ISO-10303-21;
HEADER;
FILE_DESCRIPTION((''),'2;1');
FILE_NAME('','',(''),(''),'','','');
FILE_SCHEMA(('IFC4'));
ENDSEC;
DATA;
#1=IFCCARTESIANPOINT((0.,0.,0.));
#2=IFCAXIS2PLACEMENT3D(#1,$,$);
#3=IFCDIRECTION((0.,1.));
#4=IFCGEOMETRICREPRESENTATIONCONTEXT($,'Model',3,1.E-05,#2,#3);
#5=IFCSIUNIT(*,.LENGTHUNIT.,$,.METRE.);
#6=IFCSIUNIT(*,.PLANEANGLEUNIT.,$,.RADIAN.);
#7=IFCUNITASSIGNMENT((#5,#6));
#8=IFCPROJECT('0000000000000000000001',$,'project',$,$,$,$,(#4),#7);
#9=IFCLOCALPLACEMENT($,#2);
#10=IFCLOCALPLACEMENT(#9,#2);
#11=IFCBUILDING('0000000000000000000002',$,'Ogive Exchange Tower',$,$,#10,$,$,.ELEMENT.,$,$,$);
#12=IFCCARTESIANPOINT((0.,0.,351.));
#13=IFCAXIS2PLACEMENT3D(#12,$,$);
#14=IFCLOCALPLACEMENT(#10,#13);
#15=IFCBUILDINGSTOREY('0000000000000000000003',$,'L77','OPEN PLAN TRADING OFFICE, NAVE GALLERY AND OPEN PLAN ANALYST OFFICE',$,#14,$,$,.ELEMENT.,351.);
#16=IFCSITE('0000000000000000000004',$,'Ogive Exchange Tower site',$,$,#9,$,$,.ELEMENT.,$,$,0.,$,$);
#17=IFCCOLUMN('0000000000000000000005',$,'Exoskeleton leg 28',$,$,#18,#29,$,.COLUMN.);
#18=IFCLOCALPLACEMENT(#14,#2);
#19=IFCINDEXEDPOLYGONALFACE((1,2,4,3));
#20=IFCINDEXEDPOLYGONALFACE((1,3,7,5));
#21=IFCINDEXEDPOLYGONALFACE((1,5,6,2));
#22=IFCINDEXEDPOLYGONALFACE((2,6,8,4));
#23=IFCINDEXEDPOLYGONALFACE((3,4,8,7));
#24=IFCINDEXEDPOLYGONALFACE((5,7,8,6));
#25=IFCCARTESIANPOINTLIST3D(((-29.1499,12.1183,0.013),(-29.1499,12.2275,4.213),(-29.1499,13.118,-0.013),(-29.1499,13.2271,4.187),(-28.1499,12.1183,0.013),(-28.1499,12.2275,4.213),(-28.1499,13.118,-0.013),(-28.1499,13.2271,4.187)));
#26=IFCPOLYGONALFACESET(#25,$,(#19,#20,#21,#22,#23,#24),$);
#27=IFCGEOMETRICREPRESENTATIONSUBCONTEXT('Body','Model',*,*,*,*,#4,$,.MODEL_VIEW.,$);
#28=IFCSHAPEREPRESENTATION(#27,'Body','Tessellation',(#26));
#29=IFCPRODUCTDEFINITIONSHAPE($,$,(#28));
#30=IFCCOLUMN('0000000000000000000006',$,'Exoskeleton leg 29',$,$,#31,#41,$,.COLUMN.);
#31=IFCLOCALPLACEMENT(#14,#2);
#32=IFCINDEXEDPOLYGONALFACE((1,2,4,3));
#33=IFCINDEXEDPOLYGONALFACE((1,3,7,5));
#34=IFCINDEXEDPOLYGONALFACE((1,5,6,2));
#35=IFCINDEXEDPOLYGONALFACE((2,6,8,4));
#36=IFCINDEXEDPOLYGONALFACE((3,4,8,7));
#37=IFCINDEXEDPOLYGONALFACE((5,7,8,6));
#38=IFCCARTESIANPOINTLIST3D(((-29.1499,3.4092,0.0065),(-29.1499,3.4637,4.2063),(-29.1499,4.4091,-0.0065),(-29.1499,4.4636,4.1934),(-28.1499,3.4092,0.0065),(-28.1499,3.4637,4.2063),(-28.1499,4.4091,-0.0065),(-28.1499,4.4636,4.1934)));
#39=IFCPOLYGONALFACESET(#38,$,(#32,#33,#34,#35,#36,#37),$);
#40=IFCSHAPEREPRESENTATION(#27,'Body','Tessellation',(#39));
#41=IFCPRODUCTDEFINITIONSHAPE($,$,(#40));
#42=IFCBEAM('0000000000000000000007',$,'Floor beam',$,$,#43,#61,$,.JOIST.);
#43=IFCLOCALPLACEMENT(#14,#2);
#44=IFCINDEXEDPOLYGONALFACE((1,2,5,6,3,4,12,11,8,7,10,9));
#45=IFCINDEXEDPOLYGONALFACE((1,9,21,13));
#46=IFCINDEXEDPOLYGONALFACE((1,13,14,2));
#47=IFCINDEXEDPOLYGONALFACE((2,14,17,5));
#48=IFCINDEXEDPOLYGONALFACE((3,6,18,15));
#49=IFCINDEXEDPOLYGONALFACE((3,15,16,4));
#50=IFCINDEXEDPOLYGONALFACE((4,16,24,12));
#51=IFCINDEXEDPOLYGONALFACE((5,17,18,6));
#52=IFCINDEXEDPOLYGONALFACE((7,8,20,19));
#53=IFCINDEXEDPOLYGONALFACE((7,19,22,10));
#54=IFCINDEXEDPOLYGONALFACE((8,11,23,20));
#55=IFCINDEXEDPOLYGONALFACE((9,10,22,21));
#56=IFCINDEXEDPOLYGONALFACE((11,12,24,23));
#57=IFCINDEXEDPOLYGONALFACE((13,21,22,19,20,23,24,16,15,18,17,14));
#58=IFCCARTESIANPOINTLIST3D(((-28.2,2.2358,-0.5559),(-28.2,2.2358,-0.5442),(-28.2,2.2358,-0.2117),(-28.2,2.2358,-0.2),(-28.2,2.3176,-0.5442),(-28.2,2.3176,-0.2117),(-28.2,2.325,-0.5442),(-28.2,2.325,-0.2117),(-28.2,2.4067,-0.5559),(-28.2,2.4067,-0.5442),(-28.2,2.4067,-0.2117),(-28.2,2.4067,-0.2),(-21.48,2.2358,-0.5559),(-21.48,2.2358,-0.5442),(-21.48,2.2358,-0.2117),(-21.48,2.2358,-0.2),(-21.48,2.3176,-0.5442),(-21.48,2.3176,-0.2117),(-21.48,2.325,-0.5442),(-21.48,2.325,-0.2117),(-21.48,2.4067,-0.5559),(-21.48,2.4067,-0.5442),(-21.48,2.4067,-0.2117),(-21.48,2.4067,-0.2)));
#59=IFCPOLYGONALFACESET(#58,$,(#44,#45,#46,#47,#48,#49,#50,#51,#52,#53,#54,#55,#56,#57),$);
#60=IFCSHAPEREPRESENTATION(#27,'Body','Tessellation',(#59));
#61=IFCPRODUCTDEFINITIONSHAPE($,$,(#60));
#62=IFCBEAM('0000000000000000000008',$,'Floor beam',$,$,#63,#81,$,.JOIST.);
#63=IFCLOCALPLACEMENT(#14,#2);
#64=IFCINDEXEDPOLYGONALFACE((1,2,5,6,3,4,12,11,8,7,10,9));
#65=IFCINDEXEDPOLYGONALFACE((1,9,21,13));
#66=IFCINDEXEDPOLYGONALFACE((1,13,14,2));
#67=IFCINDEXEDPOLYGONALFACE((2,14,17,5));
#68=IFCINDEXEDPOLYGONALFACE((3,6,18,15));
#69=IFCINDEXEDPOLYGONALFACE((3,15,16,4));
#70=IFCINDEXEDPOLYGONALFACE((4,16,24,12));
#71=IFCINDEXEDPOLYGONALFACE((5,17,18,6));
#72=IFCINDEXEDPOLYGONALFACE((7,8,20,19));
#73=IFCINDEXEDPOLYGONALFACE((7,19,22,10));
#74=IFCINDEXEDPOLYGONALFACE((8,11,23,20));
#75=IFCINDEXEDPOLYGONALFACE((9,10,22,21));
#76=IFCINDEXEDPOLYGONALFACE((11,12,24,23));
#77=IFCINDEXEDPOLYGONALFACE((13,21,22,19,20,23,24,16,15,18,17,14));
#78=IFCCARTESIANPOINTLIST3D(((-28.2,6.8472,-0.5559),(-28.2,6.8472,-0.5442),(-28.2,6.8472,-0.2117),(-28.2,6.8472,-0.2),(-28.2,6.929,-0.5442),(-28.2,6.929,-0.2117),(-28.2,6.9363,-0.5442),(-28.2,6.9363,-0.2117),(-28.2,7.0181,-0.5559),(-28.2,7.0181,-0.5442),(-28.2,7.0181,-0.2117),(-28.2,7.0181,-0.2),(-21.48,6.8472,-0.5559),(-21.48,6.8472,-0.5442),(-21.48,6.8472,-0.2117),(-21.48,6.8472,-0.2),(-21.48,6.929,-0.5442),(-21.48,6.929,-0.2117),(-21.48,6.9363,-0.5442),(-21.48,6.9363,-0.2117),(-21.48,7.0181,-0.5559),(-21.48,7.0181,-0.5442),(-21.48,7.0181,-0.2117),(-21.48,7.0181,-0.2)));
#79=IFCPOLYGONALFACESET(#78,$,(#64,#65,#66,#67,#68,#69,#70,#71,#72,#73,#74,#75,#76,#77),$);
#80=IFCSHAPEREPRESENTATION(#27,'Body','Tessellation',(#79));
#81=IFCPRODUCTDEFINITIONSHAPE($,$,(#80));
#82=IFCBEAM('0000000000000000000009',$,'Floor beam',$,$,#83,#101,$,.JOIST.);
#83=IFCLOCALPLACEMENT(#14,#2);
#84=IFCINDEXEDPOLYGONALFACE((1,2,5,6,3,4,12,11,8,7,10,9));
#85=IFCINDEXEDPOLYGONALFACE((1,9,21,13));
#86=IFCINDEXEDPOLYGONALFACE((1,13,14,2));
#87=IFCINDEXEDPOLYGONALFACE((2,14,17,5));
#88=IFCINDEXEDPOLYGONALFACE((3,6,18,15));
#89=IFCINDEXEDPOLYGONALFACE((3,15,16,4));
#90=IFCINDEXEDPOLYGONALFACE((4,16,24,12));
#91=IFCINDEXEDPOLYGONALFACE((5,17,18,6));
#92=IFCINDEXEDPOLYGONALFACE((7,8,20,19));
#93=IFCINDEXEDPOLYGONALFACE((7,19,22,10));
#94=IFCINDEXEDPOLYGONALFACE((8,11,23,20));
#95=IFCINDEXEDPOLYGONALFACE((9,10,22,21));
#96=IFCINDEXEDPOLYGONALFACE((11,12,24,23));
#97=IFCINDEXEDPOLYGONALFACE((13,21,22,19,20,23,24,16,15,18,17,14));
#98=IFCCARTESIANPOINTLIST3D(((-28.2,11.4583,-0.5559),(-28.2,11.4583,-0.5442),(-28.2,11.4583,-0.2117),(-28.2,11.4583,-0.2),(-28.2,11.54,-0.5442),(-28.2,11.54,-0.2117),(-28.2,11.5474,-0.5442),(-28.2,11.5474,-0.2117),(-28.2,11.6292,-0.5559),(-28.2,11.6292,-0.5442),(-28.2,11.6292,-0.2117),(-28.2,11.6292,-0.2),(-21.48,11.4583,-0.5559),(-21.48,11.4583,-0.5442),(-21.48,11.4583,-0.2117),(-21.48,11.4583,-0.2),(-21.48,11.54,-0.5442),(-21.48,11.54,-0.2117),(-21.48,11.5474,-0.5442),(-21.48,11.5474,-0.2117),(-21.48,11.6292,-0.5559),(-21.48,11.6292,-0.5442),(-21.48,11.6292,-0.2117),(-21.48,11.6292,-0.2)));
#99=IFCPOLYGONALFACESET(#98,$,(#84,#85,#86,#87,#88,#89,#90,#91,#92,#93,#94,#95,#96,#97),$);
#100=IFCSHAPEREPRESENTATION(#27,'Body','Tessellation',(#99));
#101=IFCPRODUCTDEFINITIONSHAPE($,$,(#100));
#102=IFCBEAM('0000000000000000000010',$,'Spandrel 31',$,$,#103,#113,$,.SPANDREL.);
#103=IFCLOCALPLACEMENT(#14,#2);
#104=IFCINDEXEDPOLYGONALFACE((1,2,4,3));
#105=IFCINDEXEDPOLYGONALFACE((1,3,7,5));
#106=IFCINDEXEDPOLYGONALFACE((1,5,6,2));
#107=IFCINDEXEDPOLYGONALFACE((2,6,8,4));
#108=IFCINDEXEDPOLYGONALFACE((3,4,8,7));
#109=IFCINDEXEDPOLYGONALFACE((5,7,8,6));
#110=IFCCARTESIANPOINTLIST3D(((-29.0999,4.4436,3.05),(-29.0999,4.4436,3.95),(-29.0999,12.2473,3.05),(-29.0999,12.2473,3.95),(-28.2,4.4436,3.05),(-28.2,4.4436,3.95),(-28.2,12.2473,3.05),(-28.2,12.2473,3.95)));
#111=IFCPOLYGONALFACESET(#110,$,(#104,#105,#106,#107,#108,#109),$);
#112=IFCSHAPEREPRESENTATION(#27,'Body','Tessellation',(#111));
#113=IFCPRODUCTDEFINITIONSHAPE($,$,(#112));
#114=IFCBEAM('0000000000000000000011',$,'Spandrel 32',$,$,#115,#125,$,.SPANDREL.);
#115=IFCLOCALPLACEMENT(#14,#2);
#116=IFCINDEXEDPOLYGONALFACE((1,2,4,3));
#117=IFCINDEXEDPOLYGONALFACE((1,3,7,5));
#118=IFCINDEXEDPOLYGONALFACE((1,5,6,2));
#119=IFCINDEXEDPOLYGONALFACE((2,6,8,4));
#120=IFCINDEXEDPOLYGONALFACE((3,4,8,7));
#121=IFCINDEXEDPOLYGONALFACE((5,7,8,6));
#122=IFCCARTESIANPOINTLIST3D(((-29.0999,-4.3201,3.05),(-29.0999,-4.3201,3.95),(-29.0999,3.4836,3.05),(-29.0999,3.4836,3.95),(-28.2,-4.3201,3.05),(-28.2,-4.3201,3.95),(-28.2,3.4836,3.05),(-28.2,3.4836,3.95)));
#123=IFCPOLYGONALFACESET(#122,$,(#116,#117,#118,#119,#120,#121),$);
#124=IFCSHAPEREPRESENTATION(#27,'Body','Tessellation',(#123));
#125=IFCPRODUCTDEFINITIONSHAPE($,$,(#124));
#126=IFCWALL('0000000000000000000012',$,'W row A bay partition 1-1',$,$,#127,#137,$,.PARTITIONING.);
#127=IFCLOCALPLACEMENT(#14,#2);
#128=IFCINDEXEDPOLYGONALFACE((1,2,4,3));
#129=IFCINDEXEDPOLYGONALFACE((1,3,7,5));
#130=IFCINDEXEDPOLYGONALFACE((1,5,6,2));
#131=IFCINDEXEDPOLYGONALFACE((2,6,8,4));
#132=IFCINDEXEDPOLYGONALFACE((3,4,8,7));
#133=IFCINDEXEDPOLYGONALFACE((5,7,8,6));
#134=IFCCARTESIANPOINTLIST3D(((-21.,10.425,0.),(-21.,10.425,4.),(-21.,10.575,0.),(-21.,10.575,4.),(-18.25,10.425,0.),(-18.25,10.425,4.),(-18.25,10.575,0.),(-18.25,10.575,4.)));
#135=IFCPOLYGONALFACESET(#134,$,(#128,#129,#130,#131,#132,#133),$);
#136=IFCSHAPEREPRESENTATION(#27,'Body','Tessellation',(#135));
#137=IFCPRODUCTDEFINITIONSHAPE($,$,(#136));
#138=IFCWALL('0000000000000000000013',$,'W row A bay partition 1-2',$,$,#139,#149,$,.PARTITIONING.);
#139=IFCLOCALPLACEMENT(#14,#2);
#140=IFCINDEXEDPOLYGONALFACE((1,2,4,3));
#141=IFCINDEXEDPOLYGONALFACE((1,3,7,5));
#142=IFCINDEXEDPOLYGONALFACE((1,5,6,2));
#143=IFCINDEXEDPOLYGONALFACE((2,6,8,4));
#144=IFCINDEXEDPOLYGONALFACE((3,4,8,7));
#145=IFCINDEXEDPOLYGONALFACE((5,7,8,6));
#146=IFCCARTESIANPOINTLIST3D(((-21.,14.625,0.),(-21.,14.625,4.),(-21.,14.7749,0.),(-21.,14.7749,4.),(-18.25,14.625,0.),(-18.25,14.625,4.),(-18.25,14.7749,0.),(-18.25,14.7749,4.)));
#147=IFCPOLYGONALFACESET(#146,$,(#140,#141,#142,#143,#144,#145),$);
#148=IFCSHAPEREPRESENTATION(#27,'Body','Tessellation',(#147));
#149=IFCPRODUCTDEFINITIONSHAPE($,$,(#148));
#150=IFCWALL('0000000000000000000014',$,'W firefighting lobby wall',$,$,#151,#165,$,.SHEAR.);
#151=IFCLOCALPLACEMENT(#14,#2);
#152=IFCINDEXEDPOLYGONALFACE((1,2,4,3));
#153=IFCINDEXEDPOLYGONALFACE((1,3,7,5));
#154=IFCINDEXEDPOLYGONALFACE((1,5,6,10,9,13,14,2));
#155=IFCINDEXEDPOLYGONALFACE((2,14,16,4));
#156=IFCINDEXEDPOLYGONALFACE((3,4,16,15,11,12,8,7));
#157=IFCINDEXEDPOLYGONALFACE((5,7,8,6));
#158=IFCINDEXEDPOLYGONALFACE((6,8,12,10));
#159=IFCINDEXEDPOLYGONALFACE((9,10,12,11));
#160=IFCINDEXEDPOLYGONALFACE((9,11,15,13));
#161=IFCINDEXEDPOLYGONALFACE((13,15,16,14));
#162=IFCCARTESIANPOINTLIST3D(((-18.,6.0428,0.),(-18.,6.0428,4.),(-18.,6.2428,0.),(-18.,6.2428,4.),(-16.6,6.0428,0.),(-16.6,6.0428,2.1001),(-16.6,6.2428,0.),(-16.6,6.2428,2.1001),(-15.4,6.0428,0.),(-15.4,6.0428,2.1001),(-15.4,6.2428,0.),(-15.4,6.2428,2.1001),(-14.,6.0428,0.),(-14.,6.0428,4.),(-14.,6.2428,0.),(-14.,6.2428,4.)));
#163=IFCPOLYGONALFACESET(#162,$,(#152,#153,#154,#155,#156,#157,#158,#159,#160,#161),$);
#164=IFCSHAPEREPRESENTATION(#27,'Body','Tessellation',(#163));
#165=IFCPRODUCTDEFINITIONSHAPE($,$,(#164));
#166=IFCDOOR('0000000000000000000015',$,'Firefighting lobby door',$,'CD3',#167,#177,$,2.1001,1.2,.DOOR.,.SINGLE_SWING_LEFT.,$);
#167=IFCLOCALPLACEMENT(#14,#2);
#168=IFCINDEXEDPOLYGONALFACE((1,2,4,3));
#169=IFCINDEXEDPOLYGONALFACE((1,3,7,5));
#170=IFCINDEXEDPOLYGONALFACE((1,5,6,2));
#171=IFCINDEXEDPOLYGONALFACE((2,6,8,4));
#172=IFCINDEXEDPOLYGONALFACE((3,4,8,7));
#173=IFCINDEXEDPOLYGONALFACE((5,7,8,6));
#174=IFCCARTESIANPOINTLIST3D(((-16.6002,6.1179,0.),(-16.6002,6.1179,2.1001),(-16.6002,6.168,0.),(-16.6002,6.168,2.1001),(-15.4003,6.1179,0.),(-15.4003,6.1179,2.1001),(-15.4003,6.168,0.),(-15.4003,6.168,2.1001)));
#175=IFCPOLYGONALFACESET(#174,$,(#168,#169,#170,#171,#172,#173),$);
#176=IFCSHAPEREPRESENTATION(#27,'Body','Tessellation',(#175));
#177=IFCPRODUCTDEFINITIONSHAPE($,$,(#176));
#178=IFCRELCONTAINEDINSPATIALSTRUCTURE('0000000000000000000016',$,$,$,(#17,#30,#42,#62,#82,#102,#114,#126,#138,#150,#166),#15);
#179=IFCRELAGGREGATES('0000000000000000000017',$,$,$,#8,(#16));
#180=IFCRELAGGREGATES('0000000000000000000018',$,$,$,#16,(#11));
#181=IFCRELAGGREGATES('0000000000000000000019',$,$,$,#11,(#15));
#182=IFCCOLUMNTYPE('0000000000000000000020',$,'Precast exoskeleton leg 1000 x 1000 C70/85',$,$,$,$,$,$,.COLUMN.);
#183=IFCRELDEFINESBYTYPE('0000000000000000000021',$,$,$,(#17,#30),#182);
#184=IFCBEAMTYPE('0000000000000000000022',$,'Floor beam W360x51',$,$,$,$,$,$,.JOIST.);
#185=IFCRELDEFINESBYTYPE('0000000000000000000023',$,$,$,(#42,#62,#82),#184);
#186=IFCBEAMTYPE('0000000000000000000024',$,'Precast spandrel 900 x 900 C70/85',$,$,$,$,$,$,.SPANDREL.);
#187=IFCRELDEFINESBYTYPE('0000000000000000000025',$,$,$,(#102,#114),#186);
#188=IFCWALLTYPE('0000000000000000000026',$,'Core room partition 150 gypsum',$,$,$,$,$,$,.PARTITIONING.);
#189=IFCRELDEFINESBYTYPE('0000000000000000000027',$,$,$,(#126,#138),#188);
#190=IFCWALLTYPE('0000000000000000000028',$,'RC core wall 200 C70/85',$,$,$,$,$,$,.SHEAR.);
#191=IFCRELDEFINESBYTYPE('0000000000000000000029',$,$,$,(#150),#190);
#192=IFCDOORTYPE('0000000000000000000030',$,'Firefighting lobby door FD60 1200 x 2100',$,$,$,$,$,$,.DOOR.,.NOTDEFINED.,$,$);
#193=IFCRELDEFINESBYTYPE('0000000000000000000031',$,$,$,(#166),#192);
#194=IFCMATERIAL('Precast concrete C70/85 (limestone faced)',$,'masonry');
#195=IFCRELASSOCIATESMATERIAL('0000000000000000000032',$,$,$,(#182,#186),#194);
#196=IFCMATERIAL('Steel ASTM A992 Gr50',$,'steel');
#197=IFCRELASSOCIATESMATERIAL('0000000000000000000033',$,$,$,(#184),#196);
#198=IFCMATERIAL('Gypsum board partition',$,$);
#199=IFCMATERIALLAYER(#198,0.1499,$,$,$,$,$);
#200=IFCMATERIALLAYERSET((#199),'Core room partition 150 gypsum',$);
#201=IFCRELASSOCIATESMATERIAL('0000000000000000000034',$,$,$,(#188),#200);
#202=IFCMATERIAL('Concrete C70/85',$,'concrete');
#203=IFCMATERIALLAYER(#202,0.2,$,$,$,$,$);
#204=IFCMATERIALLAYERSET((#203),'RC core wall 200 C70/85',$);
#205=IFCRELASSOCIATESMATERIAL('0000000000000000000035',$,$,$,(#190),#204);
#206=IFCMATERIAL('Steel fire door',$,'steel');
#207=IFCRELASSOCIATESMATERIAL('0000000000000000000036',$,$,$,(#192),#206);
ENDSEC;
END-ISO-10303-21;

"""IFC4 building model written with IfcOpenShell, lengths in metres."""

from ifc_helpers import new_model, si_unit, direction, frame, frame_2d, origin, origin_2d, place, context, subcontext, project, spatial, rectangle, i_section, extrude, material, layer, layer_set, material_profile, profile_set, type_object, element, fill, save


model = new_model("IFC4")

# Units and contexts
model_context = context("Model", 3, precision=1e-05, world=origin(), true_north=direction((0.0, 1.0)))
body_context = subcontext(model_context, "Body", "Model", "MODEL_VIEW")
ifc_project = project(units=[si_unit("LENGTHUNIT", "METRE"), si_unit("PLANEANGLEUNIT", "RADIAN")], contexts=[model_context])

# Site, building, storey
site_placement = place(None, origin())
site = spatial("IfcSite", under=ifc_project, at=site_placement, Name="Ogive Exchange Tower site", CompositionType="ELEMENT", RefElevation=0.0)
building_placement = place(site_placement, origin())
building = spatial("IfcBuilding", under=site, at=building_placement, Name="Ogive Exchange Tower", CompositionType="ELEMENT")
storey_placement = place(building_placement, frame((0.0, 0.0, 351.0)))
storey = spatial("IfcBuildingStorey", under=building, at=storey_placement, Name="L77", Description="OPEN PLAN TRADING OFFICE, NAVE GALLERY AND OPEN PLAN ANALYST OFFICE", CompositionType="ELEMENT", Elevation=351.0)

# Columns
ifc_material_1 = material(Name="Precast concrete C70/85 (limestone faced)", Category="masonry")
ifc_material_profile_1 = material_profile(ifc_material_1, rectangle(XDim=1.0, YDim=1.0, at=origin_2d()), Name="1000 x 1000")
ifc_profile_set_1 = profile_set([ifc_material_profile_1], Name="Precast concrete C70/85 (limestone faced)")
column_type = type_object("IfcColumnType", Name="Precast exoskeleton leg 1000 x 1000 C70/85", PredefinedType="COLUMN", material=ifc_profile_set_1)
column_1_placement = place(storey_placement, frame((-28.6499, 12.6182, 0.0), z_axis=(0.0, 0.025975, 0.999663), x_axis=(-1.0, 0.0, 0.0)))
element("IfcColumn", 1, at=column_1_placement, inside=storey, type_object=column_type, Name="Exoskeleton leg 28", PredefinedType="COLUMN", context=body_context, shape_type="SweptSolid", body=[
    extrude(rectangle(XDim=1.0, YDim=1.0, at=origin_2d()), origin(), (0.0, 0.0, 1.0), 4.2014),
])
column_2_placement = place(storey_placement, frame((-28.6499, 3.9092, 0.0), z_axis=(0.0, 0.012962, 0.999916), x_axis=(-1.0, 0.0, 0.0)))
element("IfcColumn", 2, at=column_2_placement, inside=storey, type_object=column_type, Name="Exoskeleton leg 29", PredefinedType="COLUMN", context=body_context, shape_type="SweptSolid", body=[
    extrude(rectangle(XDim=1.0, YDim=1.0, at=origin_2d()), origin(), (0.0, 0.0, 1.0), 4.2002),
])

# Beams
ifc_material_2 = material(Name="Steel ASTM A992 Gr50", Category="steel")
ifc_material_profile_2 = material_profile(ifc_material_2, i_section(OverallWidth=0.1709, OverallDepth=0.356, WebThickness=0.0073, FlangeThickness=0.0117, at=origin_2d()), Name="W360x51")
ifc_profile_set_2 = profile_set([ifc_material_profile_2], Name="Steel ASTM A992 Gr50")
beam_type_1 = type_object("IfcBeamType", Name="Floor beam W360x51", PredefinedType="JOIST", material=ifc_profile_set_2)
for number, where, z_axis, x_axis, name in (
    (3, (-28.2, 2.3213, -0.3779), (1.0, 0.0, 0.0), (0.0, 1.0, 0.0), "Floor beam"),
    (4, (-28.2, 6.9326, -0.3779), (1.0, 0.0, 0.0), (0.0, 1.0, 0.0), "Floor beam"),
    (5, (-28.2, 11.5437, -0.3779), (1.0, 0.0, 0.0), (0.0, 1.0, 0.0), "Floor beam"),
):
    element("IfcBeam", number, at=place(storey_placement, frame(where, z_axis=z_axis, x_axis=x_axis)), inside=storey, type_object=beam_type_1, Name=name, PredefinedType="JOIST", context=body_context, shape_type="SweptSolid", body=[
        extrude(i_section(OverallWidth=0.1709, OverallDepth=0.356, WebThickness=0.0073, FlangeThickness=0.0117, at=origin_2d()), origin(), (0.0, 0.0, 1.0), 6.72),
    ])
ifc_material_profile_3 = material_profile(ifc_material_1, rectangle(XDim=0.8999, YDim=0.8999, at=origin_2d()), Name="900 x 900")
ifc_profile_set_3 = profile_set([ifc_material_profile_3], Name="Precast concrete C70/85 (limestone faced)")
beam_type_2 = type_object("IfcBeamType", Name="Precast spandrel 900 x 900 C70/85", PredefinedType="SPANDREL", material=ifc_profile_set_3)
for number, where, z_axis, x_axis, name in (
    (6, (-28.6499, 12.2473, 3.5), (0.0, -1.0, 0.0), (1.0, 0.0, 0.0), "Spandrel 31"),
    (7, (-28.6499, 3.4836, 3.5), (0.0, -1.0, 0.0), (1.0, 0.0, 0.0), "Spandrel 32"),
):
    element("IfcBeam", number, at=place(storey_placement, frame(where, z_axis=z_axis, x_axis=x_axis)), inside=storey, type_object=beam_type_2, Name=name, PredefinedType="SPANDREL", context=body_context, shape_type="SweptSolid", body=[
        extrude(rectangle(XDim=0.8999, YDim=0.8999, at=origin_2d()), origin(), (0.0, 0.0, 1.0), 7.8037),
    ])

# Walls
ifc_material_3 = material(Name="Gypsum board partition")
ifc_layer_1 = layer(ifc_material_3, 0.1499)
ifc_layer_set_1 = layer_set([ifc_layer_1], Name="Core room partition 150 gypsum")
wall_type_1 = type_object("IfcWallType", Name="Core room partition 150 gypsum", PredefinedType="PARTITIONING", material=ifc_layer_set_1)
for number, where, z_axis, x_axis, name in (
    (8, (-21.0, 10.5, 0.0), (0.0, 0.0, 1.0), (1.0, 0.0, 0.0), "W row A bay partition 1-1"),
    (9, (-21.0, 14.7, 0.0), (0.0, 0.0, 1.0), (1.0, 0.0, 0.0), "W row A bay partition 1-2"),
):
    element("IfcWall", number, at=place(storey_placement, frame(where, z_axis=z_axis, x_axis=x_axis)), inside=storey, type_object=wall_type_1, Name=name, PredefinedType="PARTITIONING", context=body_context, shape_type="SweptSolid", body=[
        extrude(rectangle(XDim=2.75, YDim=0.1499, at=frame_2d((1.375, 0.0))), origin(), (0.0, 0.0, 1.0), 4.0),
    ])

# Wall, opening, door
ifc_material_4 = material(Name="Concrete C70/85", Category="concrete")
ifc_layer_2 = layer(ifc_material_4, 0.2)
ifc_layer_set_2 = layer_set([ifc_layer_2], Name="RC core wall 200 C70/85")
wall_type_2 = type_object("IfcWallType", Name="RC core wall 200 C70/85", PredefinedType="SHEAR", material=ifc_layer_set_2)
wall_1_placement = place(storey_placement, frame((-18.0, 6.1428, 0.0), z_axis=(0.0, 0.0, 1.0), x_axis=(1.0, 0.0, 0.0)))
wall_1 = element("IfcWall", 10, at=wall_1_placement, inside=storey, type_object=wall_type_2, Name="W firefighting lobby wall", PredefinedType="SHEAR", context=body_context, shape_type="SweptSolid", body=[
    extrude(rectangle(XDim=4.0, YDim=0.2, at=frame_2d((2.0, 0.0))), origin(), (0.0, 0.0, 1.0), 4.0),
])
opening_1_placement = place(wall_1_placement, frame((1.3999, 0.0, 0.0)))
opening_1 = element("IfcOpeningElement", 11, at=opening_1_placement, cuts=wall_1, PredefinedType="OPENING", context=body_context, shape_type="SweptSolid", body=[
    extrude(rectangle(XDim=1.2, YDim=2.1001, at=frame_2d((0.6001, 1.05))), frame((0.0, 0.1099, 0.0), z_axis=(0.0, -1.0, 0.0), x_axis=(1.0, 0.0, 0.0)), (0.0, 0.0, 1.0), 0.22),
])
ifc_material_5 = material(Name="Steel fire door", Category="steel")
door_type_1 = type_object("IfcDoorType", Name="Firefighting lobby door FD60 1200 x 2100", OperationType="NOTDEFINED", PredefinedType="DOOR", material=ifc_material_5)
door_1_placement = place(opening_1_placement, frame((1.2, 0.0, 0.0), z_axis=(0.0, 0.0, 1.0), x_axis=(-1.0, 0.0, 0.0)))
door_1 = element("IfcDoor", 12, at=door_1_placement, inside=storey, type_object=door_type_1, Name="Firefighting lobby door", ObjectType="CD3", OperationType="SINGLE_SWING_LEFT", OverallHeight=2.1001, OverallWidth=1.2, PredefinedType="DOOR", context=body_context, shape_type="SweptSolid", body=[
    extrude(rectangle(XDim=1.2, YDim=2.1001, at=frame_2d((0.6001, 1.05))), frame((0.0, 0.0249, 0.0), z_axis=(0.0, -1.0, 0.0), x_axis=(1.0, 0.0, 0.0)), (0.0, 0.0, 1.0), 0.05),
])
fill(opening_1, door_1)

save(model, "model.ifc")
